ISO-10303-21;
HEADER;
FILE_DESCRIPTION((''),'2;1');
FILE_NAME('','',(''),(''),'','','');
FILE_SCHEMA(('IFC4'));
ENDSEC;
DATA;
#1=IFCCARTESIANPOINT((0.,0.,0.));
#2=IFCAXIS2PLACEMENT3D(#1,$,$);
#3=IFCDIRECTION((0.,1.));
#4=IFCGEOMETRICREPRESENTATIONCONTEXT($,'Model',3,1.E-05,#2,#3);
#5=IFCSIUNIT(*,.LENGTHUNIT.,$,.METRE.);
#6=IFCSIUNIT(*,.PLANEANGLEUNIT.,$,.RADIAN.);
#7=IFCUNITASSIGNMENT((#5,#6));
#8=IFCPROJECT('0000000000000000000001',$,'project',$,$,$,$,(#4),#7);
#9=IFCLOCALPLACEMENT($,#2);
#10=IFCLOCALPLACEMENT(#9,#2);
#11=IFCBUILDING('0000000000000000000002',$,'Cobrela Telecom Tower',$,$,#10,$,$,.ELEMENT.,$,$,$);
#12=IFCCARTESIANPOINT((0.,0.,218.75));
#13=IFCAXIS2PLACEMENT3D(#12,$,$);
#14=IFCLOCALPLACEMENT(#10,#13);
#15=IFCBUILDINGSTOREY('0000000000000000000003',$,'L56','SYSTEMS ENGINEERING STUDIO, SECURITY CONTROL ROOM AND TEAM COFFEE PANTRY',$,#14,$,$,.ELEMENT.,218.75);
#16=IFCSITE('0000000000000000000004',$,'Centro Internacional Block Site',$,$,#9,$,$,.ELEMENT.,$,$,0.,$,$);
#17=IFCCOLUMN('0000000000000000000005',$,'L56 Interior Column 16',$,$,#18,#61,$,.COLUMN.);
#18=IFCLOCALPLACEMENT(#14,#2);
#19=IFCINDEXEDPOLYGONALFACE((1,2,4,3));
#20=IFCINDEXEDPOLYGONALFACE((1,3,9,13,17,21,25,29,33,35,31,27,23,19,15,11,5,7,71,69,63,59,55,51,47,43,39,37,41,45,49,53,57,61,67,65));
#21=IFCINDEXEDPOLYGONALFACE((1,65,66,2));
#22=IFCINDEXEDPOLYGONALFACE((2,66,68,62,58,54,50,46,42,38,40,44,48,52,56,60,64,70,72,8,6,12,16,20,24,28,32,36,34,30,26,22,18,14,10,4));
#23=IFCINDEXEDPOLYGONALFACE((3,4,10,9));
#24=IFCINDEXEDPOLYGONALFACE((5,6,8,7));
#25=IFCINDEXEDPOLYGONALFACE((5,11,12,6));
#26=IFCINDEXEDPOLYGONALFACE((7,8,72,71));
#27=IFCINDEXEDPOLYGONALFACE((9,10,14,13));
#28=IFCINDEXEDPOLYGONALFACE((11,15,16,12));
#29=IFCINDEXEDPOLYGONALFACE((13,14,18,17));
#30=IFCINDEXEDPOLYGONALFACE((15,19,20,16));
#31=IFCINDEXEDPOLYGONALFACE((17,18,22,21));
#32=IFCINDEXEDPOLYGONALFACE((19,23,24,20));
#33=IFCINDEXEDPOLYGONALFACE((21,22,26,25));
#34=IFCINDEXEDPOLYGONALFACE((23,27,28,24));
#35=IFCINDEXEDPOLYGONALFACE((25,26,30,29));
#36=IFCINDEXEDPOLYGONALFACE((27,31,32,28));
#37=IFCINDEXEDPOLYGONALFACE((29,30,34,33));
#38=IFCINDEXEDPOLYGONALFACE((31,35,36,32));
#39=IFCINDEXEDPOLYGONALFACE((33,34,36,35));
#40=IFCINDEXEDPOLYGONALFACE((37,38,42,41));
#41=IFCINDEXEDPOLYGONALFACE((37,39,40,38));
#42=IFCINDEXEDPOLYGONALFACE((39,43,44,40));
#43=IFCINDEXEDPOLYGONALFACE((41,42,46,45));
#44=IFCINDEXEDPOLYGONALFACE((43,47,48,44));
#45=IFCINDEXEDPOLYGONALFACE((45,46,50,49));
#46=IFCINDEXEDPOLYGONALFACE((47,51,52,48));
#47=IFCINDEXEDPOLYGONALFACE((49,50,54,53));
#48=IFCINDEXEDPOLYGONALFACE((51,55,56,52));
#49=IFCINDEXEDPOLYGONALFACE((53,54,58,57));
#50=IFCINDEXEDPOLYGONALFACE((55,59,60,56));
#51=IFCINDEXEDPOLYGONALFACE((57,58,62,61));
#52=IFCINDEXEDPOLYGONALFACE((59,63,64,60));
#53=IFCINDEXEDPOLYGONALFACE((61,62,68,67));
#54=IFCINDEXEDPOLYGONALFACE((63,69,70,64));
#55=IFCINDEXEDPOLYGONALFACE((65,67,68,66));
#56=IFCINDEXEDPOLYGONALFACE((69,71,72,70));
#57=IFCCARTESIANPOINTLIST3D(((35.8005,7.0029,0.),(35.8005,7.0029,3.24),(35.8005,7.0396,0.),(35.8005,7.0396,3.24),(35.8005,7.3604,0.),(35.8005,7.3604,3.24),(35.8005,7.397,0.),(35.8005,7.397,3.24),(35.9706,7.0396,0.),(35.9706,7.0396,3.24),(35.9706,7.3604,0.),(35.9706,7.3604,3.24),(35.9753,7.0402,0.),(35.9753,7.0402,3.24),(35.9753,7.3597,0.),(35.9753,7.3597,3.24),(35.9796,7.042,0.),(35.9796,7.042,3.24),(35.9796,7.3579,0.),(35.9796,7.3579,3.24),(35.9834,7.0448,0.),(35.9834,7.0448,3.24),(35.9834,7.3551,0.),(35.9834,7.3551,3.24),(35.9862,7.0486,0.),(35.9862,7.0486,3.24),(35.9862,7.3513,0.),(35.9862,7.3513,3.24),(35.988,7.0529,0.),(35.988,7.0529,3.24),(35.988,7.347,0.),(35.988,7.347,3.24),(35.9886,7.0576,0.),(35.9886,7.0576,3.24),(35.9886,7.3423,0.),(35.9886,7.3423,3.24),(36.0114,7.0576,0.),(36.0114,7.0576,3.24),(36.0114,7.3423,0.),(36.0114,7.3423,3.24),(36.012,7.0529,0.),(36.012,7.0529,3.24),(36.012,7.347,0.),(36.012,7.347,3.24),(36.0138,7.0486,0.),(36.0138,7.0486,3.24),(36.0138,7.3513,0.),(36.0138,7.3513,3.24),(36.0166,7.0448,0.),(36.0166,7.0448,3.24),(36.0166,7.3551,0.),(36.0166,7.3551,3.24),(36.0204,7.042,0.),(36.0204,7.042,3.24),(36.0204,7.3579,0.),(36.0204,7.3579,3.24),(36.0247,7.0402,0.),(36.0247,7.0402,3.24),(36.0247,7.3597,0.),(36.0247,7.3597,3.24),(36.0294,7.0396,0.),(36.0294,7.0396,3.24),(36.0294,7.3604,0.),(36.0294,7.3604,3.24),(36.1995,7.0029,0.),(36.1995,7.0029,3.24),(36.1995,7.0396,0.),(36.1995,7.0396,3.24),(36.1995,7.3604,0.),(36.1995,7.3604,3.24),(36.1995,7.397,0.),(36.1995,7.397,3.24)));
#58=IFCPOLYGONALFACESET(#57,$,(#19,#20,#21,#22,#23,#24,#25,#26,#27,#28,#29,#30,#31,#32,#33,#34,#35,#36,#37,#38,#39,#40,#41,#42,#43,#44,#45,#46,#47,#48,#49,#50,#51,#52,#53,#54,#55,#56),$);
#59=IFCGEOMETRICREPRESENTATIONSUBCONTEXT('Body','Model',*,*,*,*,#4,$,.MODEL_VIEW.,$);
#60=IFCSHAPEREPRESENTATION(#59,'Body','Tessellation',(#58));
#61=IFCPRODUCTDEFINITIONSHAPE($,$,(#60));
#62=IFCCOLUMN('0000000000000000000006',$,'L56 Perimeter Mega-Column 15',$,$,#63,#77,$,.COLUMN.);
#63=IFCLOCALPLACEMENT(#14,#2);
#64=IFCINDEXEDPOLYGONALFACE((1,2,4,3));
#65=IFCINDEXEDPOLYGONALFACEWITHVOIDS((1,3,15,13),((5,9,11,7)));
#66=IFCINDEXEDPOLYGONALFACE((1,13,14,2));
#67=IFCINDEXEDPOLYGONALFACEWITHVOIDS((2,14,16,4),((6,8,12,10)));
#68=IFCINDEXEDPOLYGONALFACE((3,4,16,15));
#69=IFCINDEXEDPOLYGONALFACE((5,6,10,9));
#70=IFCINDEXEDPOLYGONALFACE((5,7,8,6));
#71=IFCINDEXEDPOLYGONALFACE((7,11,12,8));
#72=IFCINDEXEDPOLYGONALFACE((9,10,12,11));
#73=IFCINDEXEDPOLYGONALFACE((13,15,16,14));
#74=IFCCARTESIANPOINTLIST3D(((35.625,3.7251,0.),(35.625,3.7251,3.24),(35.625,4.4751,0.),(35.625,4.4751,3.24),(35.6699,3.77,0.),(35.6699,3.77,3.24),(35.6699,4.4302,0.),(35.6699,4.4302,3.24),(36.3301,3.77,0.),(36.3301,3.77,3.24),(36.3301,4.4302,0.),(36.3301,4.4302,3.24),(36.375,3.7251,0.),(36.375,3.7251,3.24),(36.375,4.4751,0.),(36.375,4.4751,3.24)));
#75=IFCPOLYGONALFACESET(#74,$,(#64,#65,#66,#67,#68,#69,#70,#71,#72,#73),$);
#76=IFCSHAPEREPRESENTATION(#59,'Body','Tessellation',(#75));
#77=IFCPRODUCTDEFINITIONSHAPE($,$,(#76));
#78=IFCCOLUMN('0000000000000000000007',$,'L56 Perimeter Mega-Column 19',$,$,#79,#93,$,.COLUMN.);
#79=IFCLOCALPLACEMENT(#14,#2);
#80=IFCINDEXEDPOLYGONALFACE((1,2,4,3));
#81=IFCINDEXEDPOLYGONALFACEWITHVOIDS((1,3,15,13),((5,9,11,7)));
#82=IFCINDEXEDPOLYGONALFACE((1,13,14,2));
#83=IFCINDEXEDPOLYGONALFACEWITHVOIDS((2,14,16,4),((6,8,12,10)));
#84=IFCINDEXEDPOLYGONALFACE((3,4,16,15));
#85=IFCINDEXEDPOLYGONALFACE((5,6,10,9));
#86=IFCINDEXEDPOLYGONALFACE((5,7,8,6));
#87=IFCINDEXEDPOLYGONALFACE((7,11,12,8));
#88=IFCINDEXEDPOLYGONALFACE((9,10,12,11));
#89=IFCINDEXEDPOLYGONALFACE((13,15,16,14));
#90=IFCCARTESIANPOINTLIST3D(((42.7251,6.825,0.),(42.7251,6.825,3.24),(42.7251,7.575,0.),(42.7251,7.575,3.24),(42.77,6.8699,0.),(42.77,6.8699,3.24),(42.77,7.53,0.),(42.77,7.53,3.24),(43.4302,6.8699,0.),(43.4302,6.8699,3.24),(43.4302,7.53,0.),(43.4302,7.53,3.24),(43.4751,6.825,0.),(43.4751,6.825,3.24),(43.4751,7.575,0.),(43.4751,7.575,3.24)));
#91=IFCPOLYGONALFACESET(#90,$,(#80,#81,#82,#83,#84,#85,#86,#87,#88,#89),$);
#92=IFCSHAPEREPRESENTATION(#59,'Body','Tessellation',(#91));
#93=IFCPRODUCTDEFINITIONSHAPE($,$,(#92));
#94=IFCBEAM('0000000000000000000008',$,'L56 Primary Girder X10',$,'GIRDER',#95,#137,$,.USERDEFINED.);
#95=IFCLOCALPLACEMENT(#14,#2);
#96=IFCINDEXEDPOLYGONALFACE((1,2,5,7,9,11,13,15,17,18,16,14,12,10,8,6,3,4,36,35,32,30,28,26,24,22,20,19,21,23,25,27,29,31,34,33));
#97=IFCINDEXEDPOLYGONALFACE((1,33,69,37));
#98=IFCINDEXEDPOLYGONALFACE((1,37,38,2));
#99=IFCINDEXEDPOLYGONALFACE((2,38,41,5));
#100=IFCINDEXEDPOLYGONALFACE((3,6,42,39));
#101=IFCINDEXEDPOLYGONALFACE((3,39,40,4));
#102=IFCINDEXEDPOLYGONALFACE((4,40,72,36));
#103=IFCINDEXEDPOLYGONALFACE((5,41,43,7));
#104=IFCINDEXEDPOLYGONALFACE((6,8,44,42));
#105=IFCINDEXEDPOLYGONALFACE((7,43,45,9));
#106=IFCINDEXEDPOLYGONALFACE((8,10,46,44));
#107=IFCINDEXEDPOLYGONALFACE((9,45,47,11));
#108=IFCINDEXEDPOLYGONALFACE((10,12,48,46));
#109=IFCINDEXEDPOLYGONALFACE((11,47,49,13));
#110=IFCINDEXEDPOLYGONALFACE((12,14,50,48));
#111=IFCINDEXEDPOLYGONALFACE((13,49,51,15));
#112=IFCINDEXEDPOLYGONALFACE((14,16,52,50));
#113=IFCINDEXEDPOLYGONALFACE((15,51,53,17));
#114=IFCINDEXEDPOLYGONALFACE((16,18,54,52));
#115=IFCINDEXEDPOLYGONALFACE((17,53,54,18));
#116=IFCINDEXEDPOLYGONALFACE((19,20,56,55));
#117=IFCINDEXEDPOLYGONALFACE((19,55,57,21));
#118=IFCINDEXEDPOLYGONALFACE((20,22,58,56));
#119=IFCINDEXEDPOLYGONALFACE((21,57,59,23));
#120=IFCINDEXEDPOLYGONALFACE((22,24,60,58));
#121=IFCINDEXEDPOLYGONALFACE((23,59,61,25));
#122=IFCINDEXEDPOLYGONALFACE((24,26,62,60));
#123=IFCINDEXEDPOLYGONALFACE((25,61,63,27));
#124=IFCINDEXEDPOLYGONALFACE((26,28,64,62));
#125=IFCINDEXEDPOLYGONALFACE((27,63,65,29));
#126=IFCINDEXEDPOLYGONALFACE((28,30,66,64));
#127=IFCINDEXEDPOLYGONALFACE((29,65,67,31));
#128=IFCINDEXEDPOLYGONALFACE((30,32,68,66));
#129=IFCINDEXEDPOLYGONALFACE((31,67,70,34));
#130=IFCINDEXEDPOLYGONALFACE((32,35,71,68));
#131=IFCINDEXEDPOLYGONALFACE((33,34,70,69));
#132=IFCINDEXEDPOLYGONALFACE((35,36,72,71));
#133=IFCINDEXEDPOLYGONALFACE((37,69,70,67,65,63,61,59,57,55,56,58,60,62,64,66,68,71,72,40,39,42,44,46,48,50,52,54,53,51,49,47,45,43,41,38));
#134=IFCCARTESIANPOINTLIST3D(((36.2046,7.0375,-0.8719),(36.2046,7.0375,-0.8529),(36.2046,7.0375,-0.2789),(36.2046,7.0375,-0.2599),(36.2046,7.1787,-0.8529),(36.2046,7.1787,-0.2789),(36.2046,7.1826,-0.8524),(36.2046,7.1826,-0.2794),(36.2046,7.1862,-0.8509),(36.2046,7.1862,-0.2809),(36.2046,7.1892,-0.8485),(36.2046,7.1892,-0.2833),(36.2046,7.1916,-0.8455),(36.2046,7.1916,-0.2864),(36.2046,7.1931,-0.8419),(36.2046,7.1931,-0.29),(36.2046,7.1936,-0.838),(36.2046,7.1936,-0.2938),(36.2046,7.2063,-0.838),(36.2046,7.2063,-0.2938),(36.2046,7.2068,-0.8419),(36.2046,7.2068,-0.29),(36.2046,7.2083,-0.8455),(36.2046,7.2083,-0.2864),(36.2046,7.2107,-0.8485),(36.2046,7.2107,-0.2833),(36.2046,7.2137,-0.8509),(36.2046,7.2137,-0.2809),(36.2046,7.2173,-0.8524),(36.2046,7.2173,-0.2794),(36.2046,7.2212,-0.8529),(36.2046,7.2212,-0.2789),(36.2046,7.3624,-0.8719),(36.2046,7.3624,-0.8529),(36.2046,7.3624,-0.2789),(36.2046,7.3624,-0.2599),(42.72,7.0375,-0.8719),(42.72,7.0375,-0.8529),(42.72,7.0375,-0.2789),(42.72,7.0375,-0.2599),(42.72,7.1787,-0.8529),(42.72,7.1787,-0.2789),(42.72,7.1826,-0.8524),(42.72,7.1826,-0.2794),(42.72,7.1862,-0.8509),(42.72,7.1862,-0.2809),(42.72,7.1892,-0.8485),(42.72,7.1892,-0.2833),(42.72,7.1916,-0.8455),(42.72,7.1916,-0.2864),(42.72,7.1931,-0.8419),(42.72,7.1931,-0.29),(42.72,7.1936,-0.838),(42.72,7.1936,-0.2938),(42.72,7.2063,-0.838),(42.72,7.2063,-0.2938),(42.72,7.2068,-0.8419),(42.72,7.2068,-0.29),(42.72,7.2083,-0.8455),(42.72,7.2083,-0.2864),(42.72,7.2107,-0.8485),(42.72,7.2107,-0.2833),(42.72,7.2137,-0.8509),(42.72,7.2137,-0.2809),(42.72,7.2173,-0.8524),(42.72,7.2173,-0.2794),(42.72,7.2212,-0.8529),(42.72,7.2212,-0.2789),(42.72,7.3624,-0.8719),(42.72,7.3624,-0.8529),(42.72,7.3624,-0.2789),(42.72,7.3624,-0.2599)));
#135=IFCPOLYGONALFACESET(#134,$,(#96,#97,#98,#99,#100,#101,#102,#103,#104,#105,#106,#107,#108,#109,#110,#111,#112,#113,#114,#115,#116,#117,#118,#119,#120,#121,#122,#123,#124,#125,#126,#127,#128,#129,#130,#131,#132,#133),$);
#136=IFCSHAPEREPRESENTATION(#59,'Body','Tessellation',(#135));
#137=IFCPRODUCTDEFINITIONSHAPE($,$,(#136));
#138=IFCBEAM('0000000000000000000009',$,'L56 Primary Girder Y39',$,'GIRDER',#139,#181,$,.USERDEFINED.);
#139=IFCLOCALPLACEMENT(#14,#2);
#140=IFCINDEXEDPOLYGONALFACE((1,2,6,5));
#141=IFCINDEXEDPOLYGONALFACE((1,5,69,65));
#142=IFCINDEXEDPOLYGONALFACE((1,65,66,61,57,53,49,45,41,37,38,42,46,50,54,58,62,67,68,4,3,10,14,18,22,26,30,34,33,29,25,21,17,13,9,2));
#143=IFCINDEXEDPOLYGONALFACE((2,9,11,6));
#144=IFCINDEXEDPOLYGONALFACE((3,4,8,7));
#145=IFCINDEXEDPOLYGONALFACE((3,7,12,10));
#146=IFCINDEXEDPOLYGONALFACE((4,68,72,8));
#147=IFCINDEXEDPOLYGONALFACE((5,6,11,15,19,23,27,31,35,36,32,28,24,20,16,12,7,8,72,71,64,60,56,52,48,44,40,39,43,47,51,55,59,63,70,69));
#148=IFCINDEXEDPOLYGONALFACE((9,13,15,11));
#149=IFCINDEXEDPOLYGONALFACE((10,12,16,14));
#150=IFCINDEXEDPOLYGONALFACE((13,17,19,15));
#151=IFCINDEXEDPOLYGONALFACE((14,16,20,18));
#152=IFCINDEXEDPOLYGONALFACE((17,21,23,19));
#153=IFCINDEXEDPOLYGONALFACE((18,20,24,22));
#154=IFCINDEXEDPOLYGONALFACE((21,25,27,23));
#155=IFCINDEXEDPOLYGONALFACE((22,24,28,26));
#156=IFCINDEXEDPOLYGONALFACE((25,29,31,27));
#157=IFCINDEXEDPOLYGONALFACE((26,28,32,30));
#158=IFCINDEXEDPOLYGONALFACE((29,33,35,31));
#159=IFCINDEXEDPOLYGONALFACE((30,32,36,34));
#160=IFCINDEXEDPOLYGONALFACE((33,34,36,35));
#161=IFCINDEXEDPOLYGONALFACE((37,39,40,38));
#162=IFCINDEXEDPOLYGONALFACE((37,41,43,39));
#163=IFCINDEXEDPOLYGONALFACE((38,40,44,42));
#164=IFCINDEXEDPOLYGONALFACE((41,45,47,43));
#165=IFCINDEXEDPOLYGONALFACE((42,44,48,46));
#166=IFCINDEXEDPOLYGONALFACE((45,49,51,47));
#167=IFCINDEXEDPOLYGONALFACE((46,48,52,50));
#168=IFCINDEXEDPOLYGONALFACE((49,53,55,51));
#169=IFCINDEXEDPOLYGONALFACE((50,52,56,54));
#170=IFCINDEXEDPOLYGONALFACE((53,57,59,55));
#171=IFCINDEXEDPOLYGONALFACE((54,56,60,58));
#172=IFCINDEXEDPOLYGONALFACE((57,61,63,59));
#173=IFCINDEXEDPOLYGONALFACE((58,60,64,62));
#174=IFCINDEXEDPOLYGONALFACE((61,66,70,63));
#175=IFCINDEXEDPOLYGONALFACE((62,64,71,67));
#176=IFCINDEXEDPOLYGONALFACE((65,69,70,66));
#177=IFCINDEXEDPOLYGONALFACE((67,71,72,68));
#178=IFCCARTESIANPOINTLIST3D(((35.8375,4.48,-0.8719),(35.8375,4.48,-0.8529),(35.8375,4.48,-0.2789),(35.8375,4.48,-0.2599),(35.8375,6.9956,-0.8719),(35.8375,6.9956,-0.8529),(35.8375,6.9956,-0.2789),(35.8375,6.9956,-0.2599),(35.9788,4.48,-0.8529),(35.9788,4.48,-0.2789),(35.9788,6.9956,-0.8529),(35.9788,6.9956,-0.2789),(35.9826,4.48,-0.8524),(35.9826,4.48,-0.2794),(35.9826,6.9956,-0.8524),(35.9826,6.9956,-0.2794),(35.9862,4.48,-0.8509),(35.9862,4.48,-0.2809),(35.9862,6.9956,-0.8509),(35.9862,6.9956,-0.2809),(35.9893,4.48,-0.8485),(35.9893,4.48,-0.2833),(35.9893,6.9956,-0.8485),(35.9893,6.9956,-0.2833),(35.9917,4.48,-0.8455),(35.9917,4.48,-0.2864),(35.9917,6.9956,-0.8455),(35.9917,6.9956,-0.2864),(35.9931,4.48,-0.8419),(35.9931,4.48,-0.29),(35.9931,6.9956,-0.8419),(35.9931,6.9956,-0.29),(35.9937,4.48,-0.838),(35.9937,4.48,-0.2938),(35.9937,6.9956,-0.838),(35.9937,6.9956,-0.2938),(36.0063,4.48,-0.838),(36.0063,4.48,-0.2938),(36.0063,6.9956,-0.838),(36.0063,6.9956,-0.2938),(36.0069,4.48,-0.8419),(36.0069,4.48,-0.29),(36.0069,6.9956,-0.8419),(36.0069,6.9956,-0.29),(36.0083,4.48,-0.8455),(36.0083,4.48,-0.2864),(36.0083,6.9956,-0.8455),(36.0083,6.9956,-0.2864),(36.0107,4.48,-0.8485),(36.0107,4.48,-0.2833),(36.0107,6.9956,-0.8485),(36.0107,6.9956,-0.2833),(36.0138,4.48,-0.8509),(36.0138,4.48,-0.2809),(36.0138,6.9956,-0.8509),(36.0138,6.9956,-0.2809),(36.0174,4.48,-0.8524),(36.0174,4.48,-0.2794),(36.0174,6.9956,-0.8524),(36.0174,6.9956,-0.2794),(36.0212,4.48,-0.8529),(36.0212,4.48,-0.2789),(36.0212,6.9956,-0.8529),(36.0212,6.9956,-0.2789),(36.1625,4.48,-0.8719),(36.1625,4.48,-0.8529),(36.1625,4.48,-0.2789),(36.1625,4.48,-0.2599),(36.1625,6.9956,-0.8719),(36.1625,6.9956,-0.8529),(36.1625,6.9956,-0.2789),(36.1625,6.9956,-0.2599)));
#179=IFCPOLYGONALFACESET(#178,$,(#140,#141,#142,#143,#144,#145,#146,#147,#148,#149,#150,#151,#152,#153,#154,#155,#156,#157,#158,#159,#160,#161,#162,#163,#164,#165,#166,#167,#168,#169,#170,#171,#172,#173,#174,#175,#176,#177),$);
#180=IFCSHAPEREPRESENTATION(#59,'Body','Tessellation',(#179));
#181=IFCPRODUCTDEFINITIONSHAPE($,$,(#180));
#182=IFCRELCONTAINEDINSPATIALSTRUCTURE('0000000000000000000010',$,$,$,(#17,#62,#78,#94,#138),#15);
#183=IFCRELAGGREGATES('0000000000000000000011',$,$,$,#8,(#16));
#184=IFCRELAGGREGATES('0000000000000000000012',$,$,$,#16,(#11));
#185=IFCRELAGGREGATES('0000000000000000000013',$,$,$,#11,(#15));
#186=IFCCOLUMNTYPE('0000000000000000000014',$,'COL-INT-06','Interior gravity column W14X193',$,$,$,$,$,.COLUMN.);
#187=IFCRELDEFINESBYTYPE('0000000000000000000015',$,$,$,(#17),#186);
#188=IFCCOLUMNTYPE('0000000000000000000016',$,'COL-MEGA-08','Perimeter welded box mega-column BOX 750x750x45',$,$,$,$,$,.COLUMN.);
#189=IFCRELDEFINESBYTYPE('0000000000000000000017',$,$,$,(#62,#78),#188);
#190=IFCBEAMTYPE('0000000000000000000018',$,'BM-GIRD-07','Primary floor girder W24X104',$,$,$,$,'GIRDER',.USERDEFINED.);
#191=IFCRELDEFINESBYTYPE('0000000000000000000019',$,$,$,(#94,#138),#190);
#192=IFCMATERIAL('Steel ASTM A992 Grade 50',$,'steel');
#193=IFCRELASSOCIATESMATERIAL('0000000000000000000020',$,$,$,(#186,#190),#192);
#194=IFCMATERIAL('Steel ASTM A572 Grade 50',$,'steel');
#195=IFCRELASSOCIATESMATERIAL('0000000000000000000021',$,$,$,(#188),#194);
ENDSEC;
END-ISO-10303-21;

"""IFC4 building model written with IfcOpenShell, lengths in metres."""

from ifc_helpers import new_model, si_unit, direction, frame, origin, origin_2d, place, context, subcontext, project, spatial, hollow_rectangle, i_section, extrude, material, material_profile, profile_set, type_object, element, save


model = new_model("IFC4")

# Units and contexts
model_context = context("Model", 3, precision=1e-05, world=origin(), true_north=direction((0.0, 1.0)))
body_context = subcontext(model_context, "Body", "Model", "MODEL_VIEW")
ifc_project = project(units=[si_unit("LENGTHUNIT", "METRE"), si_unit("PLANEANGLEUNIT", "RADIAN")], contexts=[model_context])

# Site, building, storey
site_placement = place(None, origin())
site = spatial("IfcSite", under=ifc_project, at=site_placement, Name="Centro Internacional Block Site", CompositionType="ELEMENT", RefElevation=0.0)
building_placement = place(site_placement, origin())
building = spatial("IfcBuilding", under=site, at=building_placement, Name="Cobrela Telecom Tower", CompositionType="ELEMENT")
storey_placement = place(building_placement, frame((0.0, 0.0, 218.75)))
storey = spatial("IfcBuildingStorey", under=building, at=storey_placement, Name="L56", Description="SYSTEMS ENGINEERING STUDIO, SECURITY CONTROL ROOM AND TEAM COFFEE PANTRY", CompositionType="ELEMENT", Elevation=218.75)

# Columns
ifc_material_1 = material(Name="Steel ASTM A992 Grade 50", Category="steel")
ifc_material_profile_1 = material_profile(ifc_material_1, i_section(OverallWidth=0.3989, OverallDepth=0.394, WebThickness=0.0227, FlangeThickness=0.0366, FilletRadius=0.0181, at=origin_2d()), Name="W14X193")
ifc_profile_set_1 = profile_set([ifc_material_profile_1], Name="Steel ASTM A992 Grade 50")
column_type_1 = type_object("IfcColumnType", Name="COL-INT-06", Description="Interior gravity column W14X193", PredefinedType="COLUMN", material=ifc_profile_set_1)
column_placement = place(storey_placement, frame((36.0, 7.2, 0.0), z_axis=(0.0, 0.0, 1.0), x_axis=(1.0, 0.0, 0.0)))
element("IfcColumn", 1, at=column_placement, inside=storey, type_object=column_type_1, Name="L56 Interior Column 16", PredefinedType="COLUMN", context=body_context, shape_type="SweptSolid", body=[
    extrude(i_section(OverallWidth=0.3989, OverallDepth=0.394, WebThickness=0.0227, FlangeThickness=0.0366, FilletRadius=0.0181, at=origin_2d()), origin(), (0.0, 0.0, 1.0), 3.24),
])
ifc_material_2 = material(Name="Steel ASTM A572 Grade 50", Category="steel")
ifc_material_profile_2 = material_profile(ifc_material_2, hollow_rectangle(XDim=0.75, YDim=0.75, WallThickness=0.0449, at=origin_2d()), Name="BOX 750x750x45")
ifc_profile_set_2 = profile_set([ifc_material_profile_2], Name="Steel ASTM A572 Grade 50")
column_type_2 = type_object("IfcColumnType", Name="COL-MEGA-08", Description="Perimeter welded box mega-column BOX 750x750x45", PredefinedType="COLUMN", material=ifc_profile_set_2)
for number, where, z_axis, x_axis, name in (
    (2, (36.0, 4.1001, 0.0), (0.0, 0.0, 1.0), (1.0, 0.0, 0.0), "L56 Perimeter Mega-Column 15"),
    (3, (43.1001, 7.2, 0.0), (0.0, 0.0, 1.0), (1.0, 0.0, 0.0), "L56 Perimeter Mega-Column 19"),
):
    element("IfcColumn", number, at=place(storey_placement, frame(where, z_axis=z_axis, x_axis=x_axis)), inside=storey, type_object=column_type_2, Name=name, PredefinedType="COLUMN", context=body_context, shape_type="SweptSolid", body=[
        extrude(hollow_rectangle(XDim=0.75, YDim=0.75, WallThickness=0.0449, at=origin_2d()), origin(), (0.0, 0.0, 1.0), 3.24),
    ])

# Beams
ifc_material_profile_3 = material_profile(ifc_material_1, i_section(OverallWidth=0.325, OverallDepth=0.6121, WebThickness=0.0127, FlangeThickness=0.019, FilletRadius=0.0149, at=origin_2d()), Name="W24X104")
ifc_profile_set_3 = profile_set([ifc_material_profile_3], Name="Steel ASTM A992 Grade 50")
beam_type_1 = type_object("IfcBeamType", Name="BM-GIRD-07", Description="Primary floor girder W24X104", ElementType="GIRDER", PredefinedType="USERDEFINED", material=ifc_profile_set_3)
beam_1_placement = place(storey_placement, frame((36.2046, 7.2, -0.5659), z_axis=(1.0, 0.0, 0.0), x_axis=(0.0, 1.0, 0.0)))
element("IfcBeam", 4, at=beam_1_placement, inside=storey, type_object=beam_type_1, Name="L56 Primary Girder X10", ObjectType="GIRDER", PredefinedType="USERDEFINED", context=body_context, shape_type="SweptSolid", body=[
    extrude(i_section(OverallWidth=0.325, OverallDepth=0.6121, WebThickness=0.0127, FlangeThickness=0.019, FilletRadius=0.0149, at=origin_2d()), origin(), (0.0, 0.0, 1.0), 6.5154),
])
beam_2_placement = place(storey_placement, frame((36.0, 4.48, -0.5659), z_axis=(0.0, 1.0, 0.0), x_axis=(-1.0, 0.0, 0.0)))
element("IfcBeam", 5, at=beam_2_placement, inside=storey, type_object=beam_type_1, Name="L56 Primary Girder Y39", ObjectType="GIRDER", PredefinedType="USERDEFINED", context=body_context, shape_type="SweptSolid", body=[
    extrude(i_section(OverallWidth=0.325, OverallDepth=0.6121, WebThickness=0.0127, FlangeThickness=0.019, FilletRadius=0.0149, at=origin_2d()), origin(), (0.0, 0.0, 1.0), 2.5156),
])

save(model, "model.ifc")
